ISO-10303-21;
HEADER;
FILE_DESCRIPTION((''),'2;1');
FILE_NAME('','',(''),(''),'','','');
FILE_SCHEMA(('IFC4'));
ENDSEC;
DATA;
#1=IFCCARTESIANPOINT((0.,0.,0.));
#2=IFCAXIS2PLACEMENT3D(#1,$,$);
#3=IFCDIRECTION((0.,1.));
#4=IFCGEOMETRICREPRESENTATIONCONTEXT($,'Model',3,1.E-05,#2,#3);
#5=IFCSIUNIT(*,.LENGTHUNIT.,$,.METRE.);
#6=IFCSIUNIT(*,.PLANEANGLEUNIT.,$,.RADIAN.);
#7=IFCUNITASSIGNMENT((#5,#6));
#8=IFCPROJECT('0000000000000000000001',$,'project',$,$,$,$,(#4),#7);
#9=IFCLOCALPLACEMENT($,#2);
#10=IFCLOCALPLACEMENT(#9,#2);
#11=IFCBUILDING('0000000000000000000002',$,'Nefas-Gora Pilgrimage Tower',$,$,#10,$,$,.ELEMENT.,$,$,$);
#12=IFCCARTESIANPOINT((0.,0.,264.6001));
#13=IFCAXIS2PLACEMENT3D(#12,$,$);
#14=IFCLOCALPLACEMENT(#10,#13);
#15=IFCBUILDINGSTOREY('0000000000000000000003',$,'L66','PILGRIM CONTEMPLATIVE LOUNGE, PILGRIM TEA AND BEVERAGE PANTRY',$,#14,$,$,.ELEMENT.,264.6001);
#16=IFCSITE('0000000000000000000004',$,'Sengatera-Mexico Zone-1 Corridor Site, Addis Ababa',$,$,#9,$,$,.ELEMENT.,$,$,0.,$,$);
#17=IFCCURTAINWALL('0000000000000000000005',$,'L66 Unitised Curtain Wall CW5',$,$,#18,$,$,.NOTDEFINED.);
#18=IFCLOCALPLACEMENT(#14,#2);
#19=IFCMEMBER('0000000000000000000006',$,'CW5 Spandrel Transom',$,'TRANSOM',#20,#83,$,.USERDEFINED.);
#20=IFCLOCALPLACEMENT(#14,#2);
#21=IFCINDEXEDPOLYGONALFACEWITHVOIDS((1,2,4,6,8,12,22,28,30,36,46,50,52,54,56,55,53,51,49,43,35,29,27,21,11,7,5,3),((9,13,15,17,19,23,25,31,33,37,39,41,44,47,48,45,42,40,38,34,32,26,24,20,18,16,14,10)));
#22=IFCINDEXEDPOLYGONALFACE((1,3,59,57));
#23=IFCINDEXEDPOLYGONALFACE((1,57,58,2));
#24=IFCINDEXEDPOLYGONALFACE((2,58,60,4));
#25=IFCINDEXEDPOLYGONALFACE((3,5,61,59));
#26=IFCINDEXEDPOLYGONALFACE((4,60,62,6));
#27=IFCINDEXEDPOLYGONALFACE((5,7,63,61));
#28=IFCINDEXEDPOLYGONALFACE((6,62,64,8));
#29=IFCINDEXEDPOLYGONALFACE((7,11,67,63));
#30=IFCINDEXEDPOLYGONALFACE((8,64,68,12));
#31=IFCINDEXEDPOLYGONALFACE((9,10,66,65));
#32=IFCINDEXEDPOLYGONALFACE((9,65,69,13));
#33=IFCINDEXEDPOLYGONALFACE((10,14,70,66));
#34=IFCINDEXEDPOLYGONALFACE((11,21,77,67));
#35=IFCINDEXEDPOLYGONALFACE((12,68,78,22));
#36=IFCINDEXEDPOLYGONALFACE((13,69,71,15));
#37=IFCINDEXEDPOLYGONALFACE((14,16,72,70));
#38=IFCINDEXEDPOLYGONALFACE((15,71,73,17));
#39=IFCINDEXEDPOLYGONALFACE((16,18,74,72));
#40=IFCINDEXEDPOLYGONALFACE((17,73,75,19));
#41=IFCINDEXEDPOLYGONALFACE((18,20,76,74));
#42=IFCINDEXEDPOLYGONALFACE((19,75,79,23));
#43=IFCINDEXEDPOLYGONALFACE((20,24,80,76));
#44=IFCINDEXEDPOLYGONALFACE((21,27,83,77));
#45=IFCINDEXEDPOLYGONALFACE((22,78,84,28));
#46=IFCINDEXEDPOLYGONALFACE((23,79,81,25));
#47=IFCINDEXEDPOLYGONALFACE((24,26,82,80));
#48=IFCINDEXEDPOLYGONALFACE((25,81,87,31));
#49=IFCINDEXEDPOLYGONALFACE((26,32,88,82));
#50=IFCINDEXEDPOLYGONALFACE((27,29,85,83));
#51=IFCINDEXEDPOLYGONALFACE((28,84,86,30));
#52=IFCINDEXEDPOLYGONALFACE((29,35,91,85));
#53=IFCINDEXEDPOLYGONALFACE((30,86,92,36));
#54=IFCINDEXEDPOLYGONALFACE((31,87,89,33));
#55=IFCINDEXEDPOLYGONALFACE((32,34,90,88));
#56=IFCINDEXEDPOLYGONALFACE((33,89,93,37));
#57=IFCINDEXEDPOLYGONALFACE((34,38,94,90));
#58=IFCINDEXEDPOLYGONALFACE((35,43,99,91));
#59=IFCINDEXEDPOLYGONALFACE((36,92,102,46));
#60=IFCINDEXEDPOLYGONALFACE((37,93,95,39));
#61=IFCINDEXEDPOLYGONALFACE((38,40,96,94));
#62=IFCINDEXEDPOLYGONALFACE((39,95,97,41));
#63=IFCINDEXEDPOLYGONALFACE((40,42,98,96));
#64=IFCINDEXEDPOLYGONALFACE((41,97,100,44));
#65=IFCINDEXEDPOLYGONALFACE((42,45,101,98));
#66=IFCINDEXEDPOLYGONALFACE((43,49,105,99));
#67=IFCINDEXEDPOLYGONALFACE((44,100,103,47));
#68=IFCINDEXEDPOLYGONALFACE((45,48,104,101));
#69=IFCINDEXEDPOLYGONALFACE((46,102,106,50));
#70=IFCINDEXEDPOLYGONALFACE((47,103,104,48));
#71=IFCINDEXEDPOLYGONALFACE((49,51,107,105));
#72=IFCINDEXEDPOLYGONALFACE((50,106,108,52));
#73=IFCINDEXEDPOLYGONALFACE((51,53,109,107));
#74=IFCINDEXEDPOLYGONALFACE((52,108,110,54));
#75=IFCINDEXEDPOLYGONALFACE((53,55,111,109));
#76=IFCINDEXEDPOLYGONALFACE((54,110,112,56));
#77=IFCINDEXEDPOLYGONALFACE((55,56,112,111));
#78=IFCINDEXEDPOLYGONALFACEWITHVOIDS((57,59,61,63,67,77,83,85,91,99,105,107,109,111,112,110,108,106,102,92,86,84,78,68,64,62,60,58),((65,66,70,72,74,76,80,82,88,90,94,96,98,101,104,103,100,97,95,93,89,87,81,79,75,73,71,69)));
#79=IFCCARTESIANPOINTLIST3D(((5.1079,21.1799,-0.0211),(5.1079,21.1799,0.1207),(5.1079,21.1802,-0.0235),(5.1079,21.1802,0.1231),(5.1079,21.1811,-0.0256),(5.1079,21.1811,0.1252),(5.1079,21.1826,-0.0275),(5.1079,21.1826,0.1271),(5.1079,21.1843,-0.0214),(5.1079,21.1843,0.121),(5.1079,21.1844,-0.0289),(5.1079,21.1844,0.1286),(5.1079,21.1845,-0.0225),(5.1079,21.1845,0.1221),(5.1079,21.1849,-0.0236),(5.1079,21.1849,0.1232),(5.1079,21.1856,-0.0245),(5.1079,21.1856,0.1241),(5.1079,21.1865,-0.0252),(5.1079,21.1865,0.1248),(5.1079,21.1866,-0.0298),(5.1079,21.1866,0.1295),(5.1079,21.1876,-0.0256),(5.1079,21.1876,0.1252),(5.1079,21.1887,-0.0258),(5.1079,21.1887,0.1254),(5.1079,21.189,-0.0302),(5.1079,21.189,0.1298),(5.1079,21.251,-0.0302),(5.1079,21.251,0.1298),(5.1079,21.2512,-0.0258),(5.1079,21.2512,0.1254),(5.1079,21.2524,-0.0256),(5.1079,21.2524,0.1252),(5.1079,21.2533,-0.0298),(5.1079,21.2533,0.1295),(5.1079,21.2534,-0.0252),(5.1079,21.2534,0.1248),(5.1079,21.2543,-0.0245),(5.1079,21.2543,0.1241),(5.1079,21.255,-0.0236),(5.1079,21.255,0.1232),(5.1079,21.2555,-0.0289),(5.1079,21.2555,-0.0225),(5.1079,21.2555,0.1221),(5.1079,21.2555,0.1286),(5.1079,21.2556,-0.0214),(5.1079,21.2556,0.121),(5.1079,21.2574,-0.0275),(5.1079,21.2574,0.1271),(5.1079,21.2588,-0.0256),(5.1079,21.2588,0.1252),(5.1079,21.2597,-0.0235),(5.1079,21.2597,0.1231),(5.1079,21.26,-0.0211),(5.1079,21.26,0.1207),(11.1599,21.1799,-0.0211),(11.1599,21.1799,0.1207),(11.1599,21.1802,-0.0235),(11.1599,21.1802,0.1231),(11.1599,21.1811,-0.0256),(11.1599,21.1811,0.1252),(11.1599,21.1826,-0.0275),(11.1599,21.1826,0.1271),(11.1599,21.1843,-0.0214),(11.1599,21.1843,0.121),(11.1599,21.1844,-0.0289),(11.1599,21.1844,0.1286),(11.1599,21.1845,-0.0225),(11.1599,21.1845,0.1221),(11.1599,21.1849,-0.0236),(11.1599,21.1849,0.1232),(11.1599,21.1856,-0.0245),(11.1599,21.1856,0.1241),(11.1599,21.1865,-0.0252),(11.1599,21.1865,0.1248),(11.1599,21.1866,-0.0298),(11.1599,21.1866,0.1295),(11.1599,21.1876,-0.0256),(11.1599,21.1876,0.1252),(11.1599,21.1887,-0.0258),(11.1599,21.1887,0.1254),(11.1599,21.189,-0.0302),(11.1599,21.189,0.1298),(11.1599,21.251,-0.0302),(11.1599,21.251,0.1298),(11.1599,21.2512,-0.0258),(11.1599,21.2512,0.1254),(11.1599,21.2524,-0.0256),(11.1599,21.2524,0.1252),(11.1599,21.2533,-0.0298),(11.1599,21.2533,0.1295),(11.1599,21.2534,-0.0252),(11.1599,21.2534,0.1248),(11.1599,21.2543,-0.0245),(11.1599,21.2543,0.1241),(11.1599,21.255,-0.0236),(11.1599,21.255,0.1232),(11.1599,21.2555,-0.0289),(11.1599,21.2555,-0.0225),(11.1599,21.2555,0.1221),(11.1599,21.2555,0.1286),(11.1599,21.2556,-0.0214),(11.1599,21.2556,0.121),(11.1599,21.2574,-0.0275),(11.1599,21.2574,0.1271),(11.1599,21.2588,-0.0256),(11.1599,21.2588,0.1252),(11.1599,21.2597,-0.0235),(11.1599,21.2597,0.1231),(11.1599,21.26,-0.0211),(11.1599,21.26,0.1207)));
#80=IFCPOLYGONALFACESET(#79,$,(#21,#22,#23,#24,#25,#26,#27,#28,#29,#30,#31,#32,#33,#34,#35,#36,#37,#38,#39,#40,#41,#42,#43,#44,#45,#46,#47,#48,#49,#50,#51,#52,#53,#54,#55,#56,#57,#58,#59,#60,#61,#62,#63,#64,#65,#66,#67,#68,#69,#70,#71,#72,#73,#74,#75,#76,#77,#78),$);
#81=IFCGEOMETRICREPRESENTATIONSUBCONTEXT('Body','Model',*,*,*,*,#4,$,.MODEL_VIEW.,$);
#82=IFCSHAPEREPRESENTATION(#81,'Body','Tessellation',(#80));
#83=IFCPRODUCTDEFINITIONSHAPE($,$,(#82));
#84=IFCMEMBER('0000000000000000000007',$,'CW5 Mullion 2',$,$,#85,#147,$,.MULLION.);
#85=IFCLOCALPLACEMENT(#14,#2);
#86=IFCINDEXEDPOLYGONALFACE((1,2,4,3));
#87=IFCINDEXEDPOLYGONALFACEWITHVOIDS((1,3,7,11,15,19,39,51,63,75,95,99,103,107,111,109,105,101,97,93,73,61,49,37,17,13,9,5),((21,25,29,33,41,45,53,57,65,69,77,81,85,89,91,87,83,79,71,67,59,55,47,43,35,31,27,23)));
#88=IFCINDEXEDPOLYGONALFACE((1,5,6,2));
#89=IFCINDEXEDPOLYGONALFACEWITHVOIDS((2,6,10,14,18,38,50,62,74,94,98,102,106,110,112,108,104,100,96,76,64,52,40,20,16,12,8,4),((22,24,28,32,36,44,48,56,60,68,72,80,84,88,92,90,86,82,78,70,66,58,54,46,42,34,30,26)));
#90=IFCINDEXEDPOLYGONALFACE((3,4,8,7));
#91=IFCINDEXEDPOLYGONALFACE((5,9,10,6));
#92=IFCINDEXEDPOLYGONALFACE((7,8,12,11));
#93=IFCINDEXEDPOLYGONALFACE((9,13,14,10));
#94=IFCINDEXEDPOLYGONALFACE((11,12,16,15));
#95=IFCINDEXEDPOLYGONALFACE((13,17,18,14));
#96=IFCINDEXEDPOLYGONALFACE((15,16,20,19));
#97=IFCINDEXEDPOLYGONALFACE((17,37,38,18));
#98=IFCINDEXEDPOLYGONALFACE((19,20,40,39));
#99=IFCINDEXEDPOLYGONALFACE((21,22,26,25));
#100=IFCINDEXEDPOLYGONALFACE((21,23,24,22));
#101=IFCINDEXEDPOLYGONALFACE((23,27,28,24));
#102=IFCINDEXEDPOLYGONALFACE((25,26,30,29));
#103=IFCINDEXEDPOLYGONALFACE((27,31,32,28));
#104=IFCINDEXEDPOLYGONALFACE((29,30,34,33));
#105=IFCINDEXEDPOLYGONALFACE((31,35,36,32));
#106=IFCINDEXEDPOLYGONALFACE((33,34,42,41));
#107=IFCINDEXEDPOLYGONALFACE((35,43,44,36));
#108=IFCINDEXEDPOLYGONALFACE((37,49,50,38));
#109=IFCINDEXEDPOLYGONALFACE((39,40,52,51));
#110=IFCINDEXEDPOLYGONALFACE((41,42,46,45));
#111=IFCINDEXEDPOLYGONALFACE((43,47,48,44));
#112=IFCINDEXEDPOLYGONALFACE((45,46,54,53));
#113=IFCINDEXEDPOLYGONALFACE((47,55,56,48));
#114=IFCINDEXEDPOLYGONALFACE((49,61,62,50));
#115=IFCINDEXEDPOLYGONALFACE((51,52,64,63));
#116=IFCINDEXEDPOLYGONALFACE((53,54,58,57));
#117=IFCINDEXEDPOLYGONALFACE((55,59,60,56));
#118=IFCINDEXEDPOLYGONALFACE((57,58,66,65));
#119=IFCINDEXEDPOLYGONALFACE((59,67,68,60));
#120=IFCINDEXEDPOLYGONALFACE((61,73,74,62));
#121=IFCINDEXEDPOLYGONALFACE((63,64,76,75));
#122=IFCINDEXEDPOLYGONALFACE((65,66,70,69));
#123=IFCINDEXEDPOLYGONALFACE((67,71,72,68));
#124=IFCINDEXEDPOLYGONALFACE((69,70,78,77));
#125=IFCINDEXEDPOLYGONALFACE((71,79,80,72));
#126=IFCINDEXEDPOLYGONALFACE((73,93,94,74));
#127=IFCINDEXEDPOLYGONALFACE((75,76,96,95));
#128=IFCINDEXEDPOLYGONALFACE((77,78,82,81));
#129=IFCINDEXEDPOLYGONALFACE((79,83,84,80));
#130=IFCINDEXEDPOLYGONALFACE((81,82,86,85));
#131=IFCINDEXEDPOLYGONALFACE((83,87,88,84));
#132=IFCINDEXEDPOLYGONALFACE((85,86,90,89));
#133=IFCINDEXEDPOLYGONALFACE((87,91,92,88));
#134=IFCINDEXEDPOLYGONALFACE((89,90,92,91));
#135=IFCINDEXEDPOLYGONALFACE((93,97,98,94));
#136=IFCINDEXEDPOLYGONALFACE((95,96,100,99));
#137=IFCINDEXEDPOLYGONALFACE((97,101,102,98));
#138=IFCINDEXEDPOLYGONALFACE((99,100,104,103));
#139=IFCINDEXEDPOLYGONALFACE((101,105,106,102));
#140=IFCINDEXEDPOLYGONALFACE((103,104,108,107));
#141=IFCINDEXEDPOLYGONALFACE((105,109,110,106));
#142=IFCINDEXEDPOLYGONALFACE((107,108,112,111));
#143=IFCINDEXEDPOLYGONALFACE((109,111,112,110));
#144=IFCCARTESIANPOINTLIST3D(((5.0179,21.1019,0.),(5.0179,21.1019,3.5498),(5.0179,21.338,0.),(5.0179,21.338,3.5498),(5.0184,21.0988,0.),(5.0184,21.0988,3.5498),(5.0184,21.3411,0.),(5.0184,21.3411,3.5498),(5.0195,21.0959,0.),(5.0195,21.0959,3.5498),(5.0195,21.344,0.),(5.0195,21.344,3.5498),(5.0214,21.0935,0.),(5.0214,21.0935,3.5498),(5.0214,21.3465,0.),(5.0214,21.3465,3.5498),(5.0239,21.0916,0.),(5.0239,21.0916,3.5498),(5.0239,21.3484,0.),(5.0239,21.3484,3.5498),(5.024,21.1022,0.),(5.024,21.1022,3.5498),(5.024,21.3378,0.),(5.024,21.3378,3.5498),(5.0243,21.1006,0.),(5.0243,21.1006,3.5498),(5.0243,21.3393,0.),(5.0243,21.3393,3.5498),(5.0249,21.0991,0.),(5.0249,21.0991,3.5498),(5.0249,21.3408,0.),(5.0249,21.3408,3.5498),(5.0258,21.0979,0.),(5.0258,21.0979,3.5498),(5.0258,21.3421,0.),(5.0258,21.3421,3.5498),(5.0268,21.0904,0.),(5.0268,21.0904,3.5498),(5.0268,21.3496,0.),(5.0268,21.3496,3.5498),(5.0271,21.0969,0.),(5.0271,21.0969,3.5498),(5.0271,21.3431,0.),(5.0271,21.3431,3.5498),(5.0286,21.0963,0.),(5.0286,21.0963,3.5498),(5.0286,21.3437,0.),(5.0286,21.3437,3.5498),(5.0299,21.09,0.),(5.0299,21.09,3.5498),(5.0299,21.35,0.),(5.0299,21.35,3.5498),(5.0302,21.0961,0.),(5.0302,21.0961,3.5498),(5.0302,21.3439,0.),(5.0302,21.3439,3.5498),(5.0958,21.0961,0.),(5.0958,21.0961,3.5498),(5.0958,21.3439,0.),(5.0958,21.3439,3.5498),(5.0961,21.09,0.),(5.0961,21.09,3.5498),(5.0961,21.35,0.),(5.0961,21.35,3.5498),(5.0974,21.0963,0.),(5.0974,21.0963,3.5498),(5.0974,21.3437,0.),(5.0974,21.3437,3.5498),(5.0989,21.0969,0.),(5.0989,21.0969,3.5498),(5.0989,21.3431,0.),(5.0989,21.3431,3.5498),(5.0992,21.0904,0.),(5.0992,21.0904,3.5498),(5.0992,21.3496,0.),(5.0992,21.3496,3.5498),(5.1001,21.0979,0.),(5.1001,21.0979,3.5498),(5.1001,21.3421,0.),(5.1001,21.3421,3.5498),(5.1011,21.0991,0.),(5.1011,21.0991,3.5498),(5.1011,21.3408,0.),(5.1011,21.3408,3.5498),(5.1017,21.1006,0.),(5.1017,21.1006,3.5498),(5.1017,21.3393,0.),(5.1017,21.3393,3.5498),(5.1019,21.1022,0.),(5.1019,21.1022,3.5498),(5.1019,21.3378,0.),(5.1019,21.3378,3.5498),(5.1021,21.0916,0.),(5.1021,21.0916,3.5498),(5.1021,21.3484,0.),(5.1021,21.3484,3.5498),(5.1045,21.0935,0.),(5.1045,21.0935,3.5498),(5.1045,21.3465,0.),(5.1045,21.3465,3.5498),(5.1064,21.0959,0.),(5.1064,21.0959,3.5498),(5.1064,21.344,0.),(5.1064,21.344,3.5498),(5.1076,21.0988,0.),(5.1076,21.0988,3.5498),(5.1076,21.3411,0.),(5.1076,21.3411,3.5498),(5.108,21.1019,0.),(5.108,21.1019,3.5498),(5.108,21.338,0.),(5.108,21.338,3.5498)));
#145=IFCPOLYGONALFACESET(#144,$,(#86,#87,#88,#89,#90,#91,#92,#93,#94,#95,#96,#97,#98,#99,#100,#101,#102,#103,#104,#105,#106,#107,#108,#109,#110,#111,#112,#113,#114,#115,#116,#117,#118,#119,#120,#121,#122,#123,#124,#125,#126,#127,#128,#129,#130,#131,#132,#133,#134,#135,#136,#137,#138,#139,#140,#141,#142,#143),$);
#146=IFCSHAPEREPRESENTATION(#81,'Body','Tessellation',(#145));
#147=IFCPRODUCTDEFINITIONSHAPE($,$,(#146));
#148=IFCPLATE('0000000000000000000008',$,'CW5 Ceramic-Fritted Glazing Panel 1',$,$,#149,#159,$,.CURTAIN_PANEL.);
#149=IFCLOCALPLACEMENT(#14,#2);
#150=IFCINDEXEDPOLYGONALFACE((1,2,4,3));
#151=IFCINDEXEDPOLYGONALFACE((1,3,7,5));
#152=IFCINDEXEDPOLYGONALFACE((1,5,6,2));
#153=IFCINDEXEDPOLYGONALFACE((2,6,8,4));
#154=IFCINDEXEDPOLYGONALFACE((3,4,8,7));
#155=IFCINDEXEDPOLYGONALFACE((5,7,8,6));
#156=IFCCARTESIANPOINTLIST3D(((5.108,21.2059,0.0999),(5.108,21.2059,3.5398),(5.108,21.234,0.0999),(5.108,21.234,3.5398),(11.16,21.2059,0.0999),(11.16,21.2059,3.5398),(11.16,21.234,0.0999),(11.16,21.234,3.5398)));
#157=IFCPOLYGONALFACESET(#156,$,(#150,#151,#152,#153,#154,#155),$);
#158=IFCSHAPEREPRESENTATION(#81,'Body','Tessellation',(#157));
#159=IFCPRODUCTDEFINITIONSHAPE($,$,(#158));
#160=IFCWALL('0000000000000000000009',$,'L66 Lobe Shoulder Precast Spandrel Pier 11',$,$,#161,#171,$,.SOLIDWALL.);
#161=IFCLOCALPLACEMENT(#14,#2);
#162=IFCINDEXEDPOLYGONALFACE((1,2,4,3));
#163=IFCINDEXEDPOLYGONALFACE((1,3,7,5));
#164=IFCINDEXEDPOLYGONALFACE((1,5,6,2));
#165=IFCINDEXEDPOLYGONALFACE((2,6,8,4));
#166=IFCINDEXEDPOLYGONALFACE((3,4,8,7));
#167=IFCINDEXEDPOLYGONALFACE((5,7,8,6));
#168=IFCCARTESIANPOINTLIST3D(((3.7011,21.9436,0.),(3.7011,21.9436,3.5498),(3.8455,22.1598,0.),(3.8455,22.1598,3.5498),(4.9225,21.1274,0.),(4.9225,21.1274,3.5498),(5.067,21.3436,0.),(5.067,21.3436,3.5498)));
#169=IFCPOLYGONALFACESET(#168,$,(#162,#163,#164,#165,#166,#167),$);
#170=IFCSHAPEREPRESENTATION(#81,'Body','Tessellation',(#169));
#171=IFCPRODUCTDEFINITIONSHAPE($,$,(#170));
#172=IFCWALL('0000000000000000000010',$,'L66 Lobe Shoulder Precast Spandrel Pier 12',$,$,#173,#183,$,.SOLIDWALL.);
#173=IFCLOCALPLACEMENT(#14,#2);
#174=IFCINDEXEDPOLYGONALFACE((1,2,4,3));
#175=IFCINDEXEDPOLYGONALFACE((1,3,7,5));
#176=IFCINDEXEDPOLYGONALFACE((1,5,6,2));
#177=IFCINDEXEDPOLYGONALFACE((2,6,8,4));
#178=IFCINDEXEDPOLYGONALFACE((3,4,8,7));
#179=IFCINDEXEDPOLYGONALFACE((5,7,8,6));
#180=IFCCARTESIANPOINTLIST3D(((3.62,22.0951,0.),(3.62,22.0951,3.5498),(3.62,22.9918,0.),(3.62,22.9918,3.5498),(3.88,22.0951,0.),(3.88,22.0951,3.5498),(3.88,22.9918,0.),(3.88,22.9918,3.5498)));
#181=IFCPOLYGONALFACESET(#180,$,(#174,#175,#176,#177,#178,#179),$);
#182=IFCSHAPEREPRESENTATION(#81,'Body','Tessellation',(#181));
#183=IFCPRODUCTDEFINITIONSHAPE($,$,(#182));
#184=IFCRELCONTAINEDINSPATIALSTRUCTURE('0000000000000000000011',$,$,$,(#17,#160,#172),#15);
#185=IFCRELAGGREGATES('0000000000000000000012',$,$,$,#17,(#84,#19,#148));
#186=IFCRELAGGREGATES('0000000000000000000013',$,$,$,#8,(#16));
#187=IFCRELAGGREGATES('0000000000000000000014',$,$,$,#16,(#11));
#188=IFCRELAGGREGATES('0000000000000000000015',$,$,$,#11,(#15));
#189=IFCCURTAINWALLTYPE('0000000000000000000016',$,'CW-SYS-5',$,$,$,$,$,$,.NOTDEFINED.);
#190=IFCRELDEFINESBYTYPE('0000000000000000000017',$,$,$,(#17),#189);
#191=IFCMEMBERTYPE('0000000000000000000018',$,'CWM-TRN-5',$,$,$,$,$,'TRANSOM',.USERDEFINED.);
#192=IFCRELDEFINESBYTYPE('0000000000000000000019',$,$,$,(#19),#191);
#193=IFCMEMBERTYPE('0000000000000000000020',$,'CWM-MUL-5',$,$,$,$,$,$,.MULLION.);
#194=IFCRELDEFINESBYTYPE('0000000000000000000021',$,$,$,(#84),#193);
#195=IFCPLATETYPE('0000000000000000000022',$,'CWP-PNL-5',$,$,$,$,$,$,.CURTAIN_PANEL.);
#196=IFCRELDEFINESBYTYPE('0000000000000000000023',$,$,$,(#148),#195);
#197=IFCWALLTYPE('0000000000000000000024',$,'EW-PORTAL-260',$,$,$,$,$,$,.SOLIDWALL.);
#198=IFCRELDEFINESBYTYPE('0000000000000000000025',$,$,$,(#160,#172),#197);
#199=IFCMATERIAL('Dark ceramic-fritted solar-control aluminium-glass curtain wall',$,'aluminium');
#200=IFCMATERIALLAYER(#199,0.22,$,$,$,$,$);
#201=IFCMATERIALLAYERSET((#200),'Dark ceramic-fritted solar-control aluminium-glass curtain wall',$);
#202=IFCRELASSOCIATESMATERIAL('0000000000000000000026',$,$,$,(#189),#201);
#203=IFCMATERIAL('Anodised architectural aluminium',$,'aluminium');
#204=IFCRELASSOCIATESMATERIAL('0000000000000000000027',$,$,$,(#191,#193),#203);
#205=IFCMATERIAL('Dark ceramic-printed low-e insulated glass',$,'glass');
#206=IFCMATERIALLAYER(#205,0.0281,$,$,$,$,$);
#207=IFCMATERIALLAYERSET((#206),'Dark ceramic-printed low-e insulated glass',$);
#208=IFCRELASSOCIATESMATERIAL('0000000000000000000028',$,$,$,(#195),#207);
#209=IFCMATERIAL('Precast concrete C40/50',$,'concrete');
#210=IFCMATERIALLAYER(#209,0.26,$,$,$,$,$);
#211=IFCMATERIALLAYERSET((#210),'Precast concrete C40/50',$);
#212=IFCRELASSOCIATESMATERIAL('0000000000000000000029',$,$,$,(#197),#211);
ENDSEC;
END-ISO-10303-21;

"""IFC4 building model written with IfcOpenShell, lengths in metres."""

from ifc_helpers import new_model, si_unit, direction, frame, frame_2d, origin, origin_2d, place, context, subcontext, project, spatial, rectangle, hollow_rectangle, extrude, source, transform, mapped, material, layer, layer_set, material_profile, profile_set, type_object, element, aggregate, save


model = new_model("IFC4")

# Units and contexts
model_context = context("Model", 3, precision=1e-05, world=origin(), true_north=direction((0.0, 1.0)))
body_context = subcontext(model_context, "Body", "Model", "MODEL_VIEW")
ifc_project = project(units=[si_unit("LENGTHUNIT", "METRE"), si_unit("PLANEANGLEUNIT", "RADIAN")], contexts=[model_context])

# Site, building, storey
site_placement = place(None, origin())
site = spatial("IfcSite", under=ifc_project, at=site_placement, Name="Sengatera-Mexico Zone-1 Corridor Site, Addis Ababa", CompositionType="ELEMENT", RefElevation=0.0)
building_placement = place(site_placement, origin())
building = spatial("IfcBuilding", under=site, at=building_placement, Name="Nefas-Gora Pilgrimage Tower", CompositionType="ELEMENT")
storey_placement = place(building_placement, frame((0.0, 0.0, 264.6001)))
storey = spatial("IfcBuildingStorey", under=building, at=storey_placement, Name="L66", Description="PILGRIM CONTEMPLATIVE LOUNGE, PILGRIM TEA AND BEVERAGE PANTRY", CompositionType="ELEMENT", Elevation=264.6001)

# Curtain wall, members, plate
ifc_material_1 = material(Name="Dark ceramic-fritted solar-control aluminium-glass curtain wall", Category="aluminium")
ifc_layer_1 = layer(ifc_material_1, 0.22)
ifc_layer_set_1 = layer_set([ifc_layer_1], Name="Dark ceramic-fritted solar-control aluminium-glass curtain wall")
curtain_wall_type = type_object("IfcCurtainWallType", Name="CW-SYS-5", PredefinedType="NOTDEFINED", material=ifc_layer_set_1)
curtain_wall_placement = place(storey_placement, origin())
curtain_wall = element("IfcCurtainWall", 1, at=curtain_wall_placement, inside=storey, type_object=curtain_wall_type, Name="L66 Unitised Curtain Wall CW5", PredefinedType="NOTDEFINED")
ifc_material_2 = material(Name="Anodised architectural aluminium", Category="aluminium")
ifc_material_profile_1 = material_profile(ifc_material_2, hollow_rectangle(XDim=0.0801, YDim=0.1599, WallThickness=0.0044, InnerFilletRadius=0.0044, OuterFilletRadius=0.009, at=origin_2d()), Name="ALU TRANSOM 80x160")
ifc_profile_set_1 = profile_set([ifc_material_profile_1], Name="Anodised architectural aluminium")
member_type_1 = type_object("IfcMemberType", Name="CWM-TRN-5", ElementType="TRANSOM", PredefinedType="USERDEFINED", material=ifc_profile_set_1)
shared_shape_1 = source(origin(), body_context, "Body", "SweptSolid", [
    extrude(hollow_rectangle(XDim=0.0801, YDim=0.1599, WallThickness=0.0044, InnerFilletRadius=0.0044, OuterFilletRadius=0.009, at=origin_2d()), origin(), (0.0, 0.0, 1.0), 6.052),
])
member_1_placement = place(storey_placement, frame((11.1599, 21.22, 0.0498), z_axis=(-1.0, 0.0, 0.0), x_axis=(0.0, -1.0, 0.0)))
member_1 = element("IfcMember", 2, at=member_1_placement, type_object=member_type_1, Name="CW5 Spandrel Transom", ObjectType="TRANSOM", PredefinedType="USERDEFINED", context=body_context, shape_type="MappedRepresentation", body=[
    mapped(shared_shape_1, transform((0.0, 0.0, 0.0), x_axis=(1.0, 0.0, 0.0), y_axis=(0.0, 1.0, 0.0), z_axis=(0.0, 0.0, 1.0), scale=1.0)),
])
ifc_material_profile_2 = material_profile(ifc_material_2, hollow_rectangle(XDim=0.0901, YDim=0.26, WallThickness=0.0061, InnerFilletRadius=0.0061, OuterFilletRadius=0.012, at=origin_2d()), Name="ALU MULLION 90x260")
ifc_profile_set_2 = profile_set([ifc_material_profile_2], Name="Anodised architectural aluminium")
member_type_2 = type_object("IfcMemberType", Name="CWM-MUL-5", PredefinedType="MULLION", material=ifc_profile_set_2)
shared_shape_2 = source(origin(), body_context, "Body", "SweptSolid", [
    extrude(hollow_rectangle(XDim=0.0901, YDim=0.26, WallThickness=0.0061, InnerFilletRadius=0.0061, OuterFilletRadius=0.012, at=origin_2d()), origin(), (0.0, 0.0, 1.0), 3.5498),
])
member_2_placement = place(storey_placement, frame((5.063, 21.22, 0.0), z_axis=(0.0, 0.0, 1.0), x_axis=(-1.0, 0.0, 0.0)))
member_2 = element("IfcMember", 3, at=member_2_placement, type_object=member_type_2, Name="CW5 Mullion 2", PredefinedType="MULLION", context=body_context, shape_type="MappedRepresentation", body=[
    mapped(shared_shape_2, transform((0.0, 0.0, 0.0), x_axis=(1.0, 0.0, 0.0), y_axis=(0.0, 1.0, 0.0), z_axis=(0.0, 0.0, 1.0), scale=1.0)),
])
ifc_material_3 = material(Name="Dark ceramic-printed low-e insulated glass", Category="glass")
ifc_layer_2 = layer(ifc_material_3, 0.0281)
ifc_layer_set_2 = layer_set([ifc_layer_2], Name="Dark ceramic-printed low-e insulated glass")
plate_type = type_object("IfcPlateType", Name="CWP-PNL-5", PredefinedType="CURTAIN_PANEL", material=ifc_layer_set_2)
shared_shape_3 = source(origin(), body_context, "Body", "SweptSolid", [
    extrude(rectangle(XDim=6.052, YDim=0.0281, at=origin_2d()), origin(), (0.0, 0.0, 1.0), 3.4399),
])
plate_placement = place(storey_placement, frame((8.134, 21.22, 0.0999), z_axis=(0.0, 0.0, 1.0), x_axis=(-1.0, 0.0, 0.0)))
plate = element("IfcPlate", 4, at=plate_placement, type_object=plate_type, Name="CW5 Ceramic-Fritted Glazing Panel 1", PredefinedType="CURTAIN_PANEL", context=body_context, shape_type="MappedRepresentation", body=[
    mapped(shared_shape_3, transform((0.0, 0.0, 0.0), x_axis=(1.0, 0.0, 0.0), y_axis=(0.0, 1.0, 0.0), z_axis=(0.0, 0.0, 1.0), scale=1.0)),
])
aggregate(curtain_wall, [member_2, member_1, plate])

# Walls
ifc_material_4 = material(Name="Precast concrete C40/50", Category="concrete")
ifc_layer_3 = layer(ifc_material_4, 0.26)
ifc_layer_set_3 = layer_set([ifc_layer_3], Name="Precast concrete C40/50")
wall_type_1 = type_object("IfcWallType", Name="EW-PORTAL-260", PredefinedType="SOLIDWALL", material=ifc_layer_set_3)
shared_shape_4 = source(origin(), body_context, "Body", "SweptSolid", [
    extrude(rectangle(XDim=1.469, YDim=0.26, at=frame_2d((0.7344, 0.0))), origin(), (0.0, 0.0, 1.0), 3.5498),
])
wall_1_placement = place(storey_placement, frame((4.9946, 21.2356, 0.0), z_axis=(0.0, 0.0, 1.0), x_axis=(-0.831462, 0.555582, 0.0)))
element("IfcWall", 5, at=wall_1_placement, inside=storey, type_object=wall_type_1, Name="L66 Lobe Shoulder Precast Spandrel Pier 11", PredefinedType="SOLIDWALL", context=body_context, shape_type="MappedRepresentation", body=[
    mapped(shared_shape_4, transform((0.0, 0.0, 0.0), x_axis=(1.0, 0.0, 0.0), y_axis=(0.0, 1.0, 0.0), z_axis=(0.0, 0.0, 1.0), scale=1.0)),
])
shared_shape_5 = source(origin(), body_context, "Body", "SweptSolid", [
    extrude(rectangle(XDim=0.8967, YDim=0.26, at=frame_2d((0.4482, 0.0))), origin(), (0.0, 0.0, 1.0), 3.5498),
])
wall_2_placement = place(storey_placement, frame((3.75, 22.0952, 0.0), z_axis=(0.0, 0.0, 1.0), x_axis=(0.0, 1.0, 0.0)))
element("IfcWall", 6, at=wall_2_placement, inside=storey, type_object=wall_type_1, Name="L66 Lobe Shoulder Precast Spandrel Pier 12", PredefinedType="SOLIDWALL", context=body_context, shape_type="MappedRepresentation", body=[
    mapped(shared_shape_5, transform((0.0, 0.0, 0.0), x_axis=(1.0, 0.0, 0.0), y_axis=(0.0, 1.0, 0.0), z_axis=(0.0, 0.0, 1.0), scale=1.0)),
])

save(model, "model.ifc")
